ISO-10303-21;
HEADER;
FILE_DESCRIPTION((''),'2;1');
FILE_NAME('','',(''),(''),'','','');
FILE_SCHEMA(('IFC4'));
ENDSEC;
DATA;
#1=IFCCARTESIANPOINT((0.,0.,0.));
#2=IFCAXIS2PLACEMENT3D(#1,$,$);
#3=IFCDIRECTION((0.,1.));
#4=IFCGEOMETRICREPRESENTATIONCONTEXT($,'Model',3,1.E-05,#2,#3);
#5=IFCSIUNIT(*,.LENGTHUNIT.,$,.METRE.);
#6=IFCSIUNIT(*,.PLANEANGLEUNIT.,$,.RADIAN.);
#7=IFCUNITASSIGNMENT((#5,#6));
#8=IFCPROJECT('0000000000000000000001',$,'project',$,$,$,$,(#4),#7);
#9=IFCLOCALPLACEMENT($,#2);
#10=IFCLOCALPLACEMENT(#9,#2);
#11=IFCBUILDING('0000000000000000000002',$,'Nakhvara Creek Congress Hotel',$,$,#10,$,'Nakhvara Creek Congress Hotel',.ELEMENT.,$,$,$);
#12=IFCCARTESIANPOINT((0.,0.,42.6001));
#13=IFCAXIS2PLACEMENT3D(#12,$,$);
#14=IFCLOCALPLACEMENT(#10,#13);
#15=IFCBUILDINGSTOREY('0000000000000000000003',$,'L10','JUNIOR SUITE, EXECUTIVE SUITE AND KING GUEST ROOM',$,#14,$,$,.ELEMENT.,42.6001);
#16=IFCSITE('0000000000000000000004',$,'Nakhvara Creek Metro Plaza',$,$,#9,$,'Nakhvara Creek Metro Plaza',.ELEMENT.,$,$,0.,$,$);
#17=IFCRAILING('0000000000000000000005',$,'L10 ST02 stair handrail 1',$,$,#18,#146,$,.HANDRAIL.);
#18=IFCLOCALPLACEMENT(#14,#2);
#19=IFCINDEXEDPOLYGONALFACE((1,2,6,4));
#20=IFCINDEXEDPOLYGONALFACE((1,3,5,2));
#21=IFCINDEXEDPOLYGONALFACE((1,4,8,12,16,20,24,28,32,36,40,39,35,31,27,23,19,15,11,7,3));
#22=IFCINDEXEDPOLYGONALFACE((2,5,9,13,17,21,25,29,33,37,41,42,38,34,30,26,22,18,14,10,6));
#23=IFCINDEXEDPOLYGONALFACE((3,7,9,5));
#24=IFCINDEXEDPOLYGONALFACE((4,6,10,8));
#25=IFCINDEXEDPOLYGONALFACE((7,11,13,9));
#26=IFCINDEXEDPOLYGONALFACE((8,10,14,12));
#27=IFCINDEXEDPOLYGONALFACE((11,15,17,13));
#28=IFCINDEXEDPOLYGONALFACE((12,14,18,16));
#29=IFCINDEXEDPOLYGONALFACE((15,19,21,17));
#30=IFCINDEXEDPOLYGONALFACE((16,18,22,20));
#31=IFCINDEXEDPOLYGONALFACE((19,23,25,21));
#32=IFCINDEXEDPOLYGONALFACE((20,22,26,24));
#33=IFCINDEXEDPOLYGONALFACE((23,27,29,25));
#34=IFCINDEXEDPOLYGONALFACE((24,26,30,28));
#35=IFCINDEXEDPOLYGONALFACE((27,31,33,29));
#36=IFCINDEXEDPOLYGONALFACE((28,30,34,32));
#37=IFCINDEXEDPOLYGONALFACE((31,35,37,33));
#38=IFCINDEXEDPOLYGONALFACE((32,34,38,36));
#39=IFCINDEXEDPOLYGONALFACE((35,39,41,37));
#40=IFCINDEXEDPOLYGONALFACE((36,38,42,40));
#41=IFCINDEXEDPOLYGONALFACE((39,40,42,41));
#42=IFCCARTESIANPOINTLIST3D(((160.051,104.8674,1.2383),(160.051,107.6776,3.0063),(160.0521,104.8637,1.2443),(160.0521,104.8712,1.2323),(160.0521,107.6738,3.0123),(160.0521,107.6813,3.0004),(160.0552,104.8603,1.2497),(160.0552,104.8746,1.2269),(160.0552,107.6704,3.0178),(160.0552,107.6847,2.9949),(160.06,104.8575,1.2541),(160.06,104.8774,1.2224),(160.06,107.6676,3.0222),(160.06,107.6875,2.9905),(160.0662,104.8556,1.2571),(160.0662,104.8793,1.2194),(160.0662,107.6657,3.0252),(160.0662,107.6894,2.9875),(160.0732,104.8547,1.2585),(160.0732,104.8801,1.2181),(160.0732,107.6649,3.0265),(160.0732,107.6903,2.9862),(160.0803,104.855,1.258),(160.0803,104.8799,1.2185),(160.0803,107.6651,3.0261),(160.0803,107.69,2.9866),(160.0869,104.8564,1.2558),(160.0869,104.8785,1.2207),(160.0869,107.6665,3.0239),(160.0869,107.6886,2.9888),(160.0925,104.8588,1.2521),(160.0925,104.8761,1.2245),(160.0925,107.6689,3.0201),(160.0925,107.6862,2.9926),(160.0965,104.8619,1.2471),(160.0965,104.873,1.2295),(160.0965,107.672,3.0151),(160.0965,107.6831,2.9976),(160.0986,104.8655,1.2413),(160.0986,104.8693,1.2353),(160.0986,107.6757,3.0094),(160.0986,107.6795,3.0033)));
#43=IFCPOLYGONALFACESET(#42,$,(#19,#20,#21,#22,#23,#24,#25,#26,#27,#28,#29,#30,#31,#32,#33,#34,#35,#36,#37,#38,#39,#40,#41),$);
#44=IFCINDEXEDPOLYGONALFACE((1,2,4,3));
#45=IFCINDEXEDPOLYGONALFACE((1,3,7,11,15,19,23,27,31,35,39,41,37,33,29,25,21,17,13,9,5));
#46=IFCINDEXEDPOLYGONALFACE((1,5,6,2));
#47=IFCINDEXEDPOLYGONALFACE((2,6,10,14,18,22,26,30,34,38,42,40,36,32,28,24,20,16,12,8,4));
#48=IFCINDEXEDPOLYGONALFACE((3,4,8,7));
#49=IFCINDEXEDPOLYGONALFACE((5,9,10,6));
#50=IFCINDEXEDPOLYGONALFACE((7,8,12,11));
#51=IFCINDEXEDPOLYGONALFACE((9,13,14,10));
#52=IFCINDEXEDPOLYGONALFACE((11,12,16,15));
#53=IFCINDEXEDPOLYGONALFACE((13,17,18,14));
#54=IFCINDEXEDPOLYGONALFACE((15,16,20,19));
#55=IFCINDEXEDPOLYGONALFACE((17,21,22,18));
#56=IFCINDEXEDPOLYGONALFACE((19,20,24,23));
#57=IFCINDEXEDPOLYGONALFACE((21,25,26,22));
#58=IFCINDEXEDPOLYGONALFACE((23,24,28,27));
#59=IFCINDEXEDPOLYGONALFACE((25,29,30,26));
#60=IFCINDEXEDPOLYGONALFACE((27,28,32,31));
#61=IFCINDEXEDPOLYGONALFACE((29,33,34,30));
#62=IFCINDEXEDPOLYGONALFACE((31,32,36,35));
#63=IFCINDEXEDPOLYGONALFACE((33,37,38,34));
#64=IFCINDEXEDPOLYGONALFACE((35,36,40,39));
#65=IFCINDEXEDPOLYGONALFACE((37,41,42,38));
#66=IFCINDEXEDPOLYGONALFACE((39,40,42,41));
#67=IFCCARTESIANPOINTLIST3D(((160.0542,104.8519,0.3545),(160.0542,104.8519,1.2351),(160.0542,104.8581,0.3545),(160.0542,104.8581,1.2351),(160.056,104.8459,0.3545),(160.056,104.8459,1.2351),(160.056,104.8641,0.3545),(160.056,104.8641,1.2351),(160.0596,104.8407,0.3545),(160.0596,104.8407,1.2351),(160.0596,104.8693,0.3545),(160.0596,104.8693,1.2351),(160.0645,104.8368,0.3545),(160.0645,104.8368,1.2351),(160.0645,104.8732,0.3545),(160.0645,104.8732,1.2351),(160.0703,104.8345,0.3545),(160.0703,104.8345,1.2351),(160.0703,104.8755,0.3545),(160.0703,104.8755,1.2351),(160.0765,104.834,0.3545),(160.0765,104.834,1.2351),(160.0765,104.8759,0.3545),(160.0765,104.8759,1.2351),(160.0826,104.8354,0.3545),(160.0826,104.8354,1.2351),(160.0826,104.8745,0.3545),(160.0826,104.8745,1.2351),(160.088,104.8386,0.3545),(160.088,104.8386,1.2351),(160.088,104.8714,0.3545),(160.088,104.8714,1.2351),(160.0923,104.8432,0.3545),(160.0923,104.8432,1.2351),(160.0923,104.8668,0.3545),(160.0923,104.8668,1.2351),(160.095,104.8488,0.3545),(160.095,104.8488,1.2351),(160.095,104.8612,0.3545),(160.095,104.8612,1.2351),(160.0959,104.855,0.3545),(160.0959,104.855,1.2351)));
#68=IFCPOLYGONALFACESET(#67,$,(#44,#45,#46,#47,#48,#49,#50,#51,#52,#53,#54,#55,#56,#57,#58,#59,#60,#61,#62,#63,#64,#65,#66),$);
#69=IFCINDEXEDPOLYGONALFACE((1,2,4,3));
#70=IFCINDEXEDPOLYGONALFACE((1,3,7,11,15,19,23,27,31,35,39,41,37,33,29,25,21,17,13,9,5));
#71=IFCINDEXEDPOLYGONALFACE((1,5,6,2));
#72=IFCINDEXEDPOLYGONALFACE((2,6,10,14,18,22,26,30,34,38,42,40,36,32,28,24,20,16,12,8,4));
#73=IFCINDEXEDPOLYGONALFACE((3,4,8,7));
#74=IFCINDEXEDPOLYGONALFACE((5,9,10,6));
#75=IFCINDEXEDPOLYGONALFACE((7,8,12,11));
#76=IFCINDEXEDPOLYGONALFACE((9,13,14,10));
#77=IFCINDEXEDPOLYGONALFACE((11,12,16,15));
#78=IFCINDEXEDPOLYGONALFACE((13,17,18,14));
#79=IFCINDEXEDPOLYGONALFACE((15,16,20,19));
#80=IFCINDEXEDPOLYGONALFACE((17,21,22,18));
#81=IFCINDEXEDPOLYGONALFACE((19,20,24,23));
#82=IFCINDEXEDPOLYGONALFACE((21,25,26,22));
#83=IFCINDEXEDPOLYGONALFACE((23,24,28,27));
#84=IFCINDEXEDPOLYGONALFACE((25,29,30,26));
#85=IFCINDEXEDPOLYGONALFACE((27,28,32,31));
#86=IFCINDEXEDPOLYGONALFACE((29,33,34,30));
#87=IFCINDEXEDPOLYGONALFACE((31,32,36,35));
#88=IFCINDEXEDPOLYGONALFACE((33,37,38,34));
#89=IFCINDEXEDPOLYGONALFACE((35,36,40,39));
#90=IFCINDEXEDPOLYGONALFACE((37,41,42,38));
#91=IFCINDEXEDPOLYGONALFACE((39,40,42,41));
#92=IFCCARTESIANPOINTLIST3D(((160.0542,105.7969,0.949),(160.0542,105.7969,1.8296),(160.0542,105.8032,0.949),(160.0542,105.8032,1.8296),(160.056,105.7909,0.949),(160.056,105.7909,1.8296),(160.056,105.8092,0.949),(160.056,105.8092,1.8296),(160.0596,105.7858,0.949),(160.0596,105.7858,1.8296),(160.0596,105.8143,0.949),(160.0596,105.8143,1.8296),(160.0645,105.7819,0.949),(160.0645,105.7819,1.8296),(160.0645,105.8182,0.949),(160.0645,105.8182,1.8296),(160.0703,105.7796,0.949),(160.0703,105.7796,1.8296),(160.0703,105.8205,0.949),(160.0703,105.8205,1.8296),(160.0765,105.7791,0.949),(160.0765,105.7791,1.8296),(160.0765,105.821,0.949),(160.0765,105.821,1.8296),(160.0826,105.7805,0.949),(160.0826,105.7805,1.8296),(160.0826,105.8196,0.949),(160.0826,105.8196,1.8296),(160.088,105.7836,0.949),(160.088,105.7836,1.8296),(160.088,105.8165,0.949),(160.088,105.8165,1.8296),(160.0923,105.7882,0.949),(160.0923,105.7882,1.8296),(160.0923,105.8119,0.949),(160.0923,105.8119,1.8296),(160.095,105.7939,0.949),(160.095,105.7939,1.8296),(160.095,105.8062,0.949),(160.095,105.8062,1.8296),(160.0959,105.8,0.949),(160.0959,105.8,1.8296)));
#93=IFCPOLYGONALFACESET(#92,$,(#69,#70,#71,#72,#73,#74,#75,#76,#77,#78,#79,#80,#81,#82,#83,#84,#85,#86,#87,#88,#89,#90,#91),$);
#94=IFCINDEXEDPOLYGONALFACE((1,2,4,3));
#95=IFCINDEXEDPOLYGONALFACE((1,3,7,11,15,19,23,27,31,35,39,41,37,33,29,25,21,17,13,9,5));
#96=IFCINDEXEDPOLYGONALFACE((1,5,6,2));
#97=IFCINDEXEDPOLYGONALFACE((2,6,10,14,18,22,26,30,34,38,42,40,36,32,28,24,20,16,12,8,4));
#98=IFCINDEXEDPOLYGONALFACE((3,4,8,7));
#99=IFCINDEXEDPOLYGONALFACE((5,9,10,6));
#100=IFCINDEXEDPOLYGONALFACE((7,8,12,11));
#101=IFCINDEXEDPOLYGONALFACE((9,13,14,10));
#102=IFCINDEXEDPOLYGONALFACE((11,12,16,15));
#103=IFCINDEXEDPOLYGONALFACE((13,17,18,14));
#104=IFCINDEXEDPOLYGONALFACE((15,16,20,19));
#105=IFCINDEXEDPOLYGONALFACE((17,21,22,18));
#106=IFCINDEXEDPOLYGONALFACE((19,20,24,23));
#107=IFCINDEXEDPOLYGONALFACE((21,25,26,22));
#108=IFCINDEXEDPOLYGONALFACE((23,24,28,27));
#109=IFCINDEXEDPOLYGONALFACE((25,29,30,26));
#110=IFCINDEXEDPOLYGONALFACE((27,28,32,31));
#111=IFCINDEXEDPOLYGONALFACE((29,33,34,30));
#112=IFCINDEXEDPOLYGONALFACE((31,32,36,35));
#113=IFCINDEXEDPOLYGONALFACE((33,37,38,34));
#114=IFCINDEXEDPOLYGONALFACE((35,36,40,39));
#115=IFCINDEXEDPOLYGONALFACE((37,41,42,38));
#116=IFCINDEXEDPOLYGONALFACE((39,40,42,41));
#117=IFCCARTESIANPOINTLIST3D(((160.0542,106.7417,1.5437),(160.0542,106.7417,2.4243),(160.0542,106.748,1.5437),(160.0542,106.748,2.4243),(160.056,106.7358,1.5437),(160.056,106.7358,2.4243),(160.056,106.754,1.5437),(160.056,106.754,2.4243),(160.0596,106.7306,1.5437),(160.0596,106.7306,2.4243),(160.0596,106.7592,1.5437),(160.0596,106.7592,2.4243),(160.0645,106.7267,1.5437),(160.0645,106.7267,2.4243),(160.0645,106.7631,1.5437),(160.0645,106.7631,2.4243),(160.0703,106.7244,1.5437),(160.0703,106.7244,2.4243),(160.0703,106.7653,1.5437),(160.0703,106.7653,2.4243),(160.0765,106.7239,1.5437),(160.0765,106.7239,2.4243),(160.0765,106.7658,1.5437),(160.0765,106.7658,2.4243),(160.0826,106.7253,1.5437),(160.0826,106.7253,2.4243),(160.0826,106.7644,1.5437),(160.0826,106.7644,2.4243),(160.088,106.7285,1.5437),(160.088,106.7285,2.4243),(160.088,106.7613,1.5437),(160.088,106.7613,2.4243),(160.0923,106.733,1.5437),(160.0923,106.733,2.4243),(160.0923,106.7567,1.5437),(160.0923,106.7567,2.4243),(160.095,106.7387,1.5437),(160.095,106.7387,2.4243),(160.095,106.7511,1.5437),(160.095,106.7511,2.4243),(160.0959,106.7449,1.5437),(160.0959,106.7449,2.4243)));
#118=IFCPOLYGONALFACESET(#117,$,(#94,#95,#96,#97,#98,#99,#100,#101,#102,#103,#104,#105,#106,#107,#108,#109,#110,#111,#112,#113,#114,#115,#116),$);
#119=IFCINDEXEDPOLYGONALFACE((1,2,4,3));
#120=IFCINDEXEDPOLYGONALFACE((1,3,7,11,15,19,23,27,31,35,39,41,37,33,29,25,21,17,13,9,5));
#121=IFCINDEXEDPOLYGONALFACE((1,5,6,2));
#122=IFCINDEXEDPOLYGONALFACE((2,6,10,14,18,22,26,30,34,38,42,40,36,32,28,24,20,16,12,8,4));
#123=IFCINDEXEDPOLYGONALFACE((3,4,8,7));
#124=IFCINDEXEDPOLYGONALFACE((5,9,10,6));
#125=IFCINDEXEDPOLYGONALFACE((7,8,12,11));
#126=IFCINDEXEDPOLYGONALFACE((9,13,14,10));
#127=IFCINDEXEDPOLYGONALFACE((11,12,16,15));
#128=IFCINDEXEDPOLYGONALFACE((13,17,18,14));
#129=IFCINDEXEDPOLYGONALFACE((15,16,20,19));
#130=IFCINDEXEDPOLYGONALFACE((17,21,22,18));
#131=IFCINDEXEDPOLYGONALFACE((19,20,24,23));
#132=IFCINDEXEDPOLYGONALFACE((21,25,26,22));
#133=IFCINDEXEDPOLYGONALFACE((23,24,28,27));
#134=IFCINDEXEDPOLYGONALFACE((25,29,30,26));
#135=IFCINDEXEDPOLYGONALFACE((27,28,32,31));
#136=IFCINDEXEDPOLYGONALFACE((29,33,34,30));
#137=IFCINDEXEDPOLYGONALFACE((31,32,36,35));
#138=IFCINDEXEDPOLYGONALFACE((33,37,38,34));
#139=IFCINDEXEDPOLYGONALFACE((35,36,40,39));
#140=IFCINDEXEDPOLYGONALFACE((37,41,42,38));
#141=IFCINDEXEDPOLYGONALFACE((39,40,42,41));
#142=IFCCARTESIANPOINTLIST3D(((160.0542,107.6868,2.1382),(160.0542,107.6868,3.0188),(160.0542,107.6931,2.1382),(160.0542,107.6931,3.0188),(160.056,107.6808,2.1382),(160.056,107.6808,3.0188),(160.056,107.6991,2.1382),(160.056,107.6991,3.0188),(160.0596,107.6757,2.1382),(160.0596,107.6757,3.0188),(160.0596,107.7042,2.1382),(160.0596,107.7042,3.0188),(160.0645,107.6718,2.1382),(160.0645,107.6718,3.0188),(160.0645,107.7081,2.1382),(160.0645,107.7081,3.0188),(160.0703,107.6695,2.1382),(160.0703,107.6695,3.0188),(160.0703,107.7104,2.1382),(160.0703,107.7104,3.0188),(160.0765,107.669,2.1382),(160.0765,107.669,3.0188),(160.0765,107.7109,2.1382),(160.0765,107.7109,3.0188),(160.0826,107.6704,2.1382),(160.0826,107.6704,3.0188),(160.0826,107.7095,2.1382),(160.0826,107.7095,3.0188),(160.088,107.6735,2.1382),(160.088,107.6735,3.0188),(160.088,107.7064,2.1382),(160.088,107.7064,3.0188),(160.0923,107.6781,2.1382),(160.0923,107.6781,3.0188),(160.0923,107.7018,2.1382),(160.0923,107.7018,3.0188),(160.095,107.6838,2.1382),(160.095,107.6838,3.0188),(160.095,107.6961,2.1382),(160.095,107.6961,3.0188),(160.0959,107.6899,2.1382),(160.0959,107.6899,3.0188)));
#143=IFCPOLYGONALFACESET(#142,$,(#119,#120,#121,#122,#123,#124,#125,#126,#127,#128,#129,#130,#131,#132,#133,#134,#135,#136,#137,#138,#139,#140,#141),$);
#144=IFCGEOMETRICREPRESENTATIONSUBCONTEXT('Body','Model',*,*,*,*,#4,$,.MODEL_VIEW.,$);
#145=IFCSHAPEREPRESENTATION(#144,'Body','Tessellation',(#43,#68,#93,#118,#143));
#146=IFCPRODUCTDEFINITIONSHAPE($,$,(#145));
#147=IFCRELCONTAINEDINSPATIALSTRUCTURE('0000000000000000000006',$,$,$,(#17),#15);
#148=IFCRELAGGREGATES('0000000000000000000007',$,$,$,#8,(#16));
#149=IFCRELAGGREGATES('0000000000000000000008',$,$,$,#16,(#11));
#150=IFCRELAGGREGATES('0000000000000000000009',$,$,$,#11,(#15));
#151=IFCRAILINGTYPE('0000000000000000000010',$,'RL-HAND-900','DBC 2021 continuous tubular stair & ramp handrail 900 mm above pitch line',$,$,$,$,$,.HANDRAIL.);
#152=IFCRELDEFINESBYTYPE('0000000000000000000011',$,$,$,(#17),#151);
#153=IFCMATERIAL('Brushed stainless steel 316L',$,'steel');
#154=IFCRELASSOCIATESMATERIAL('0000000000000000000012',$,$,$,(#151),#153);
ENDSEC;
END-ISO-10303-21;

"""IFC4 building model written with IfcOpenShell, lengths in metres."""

from ifc_helpers import new_model, si_unit, direction, frame, origin, origin_2d, place, context, subcontext, project, spatial, circle, extrude, material, type_object, element, save


model = new_model("IFC4")

# Units and contexts
model_context = context("Model", 3, precision=1e-05, world=origin(), true_north=direction((0.0, 1.0)))
body_context = subcontext(model_context, "Body", "Model", "MODEL_VIEW")
ifc_project = project(units=[si_unit("LENGTHUNIT", "METRE"), si_unit("PLANEANGLEUNIT", "RADIAN")], contexts=[model_context])

# Site, building, storey
site_placement = place(None, origin())
site = spatial("IfcSite", under=ifc_project, at=site_placement, Name="Nakhvara Creek Metro Plaza", LongName="Nakhvara Creek Metro Plaza", CompositionType="ELEMENT", RefElevation=0.0)
building_placement = place(site_placement, origin())
building = spatial("IfcBuilding", under=site, at=building_placement, Name="Nakhvara Creek Congress Hotel", LongName="Nakhvara Creek Congress Hotel", CompositionType="ELEMENT")
storey_placement = place(building_placement, frame((0.0, 0.0, 42.6001)))
storey = spatial("IfcBuildingStorey", under=building, at=storey_placement, Name="L10", Description="JUNIOR SUITE, EXECUTIVE SUITE AND KING GUEST ROOM", CompositionType="ELEMENT", Elevation=42.6001)

# Railing
ifc_material_1 = material(Name="Brushed stainless steel 316L", Category="steel")
railing_type_1 = type_object("IfcRailingType", Name="RL-HAND-900", Description="DBC 2021 continuous tubular stair & ramp handrail 900 mm above pitch line", PredefinedType="HANDRAIL", material=ifc_material_1)
railing_1_placement = place(storey_placement, frame((160.075, 104.855, 0.3545)))
element("IfcRailing", 1, at=railing_1_placement, inside=storey, type_object=railing_type_1, Name="L10 ST02 stair handrail 1", PredefinedType="HANDRAIL", context=body_context, shape_type="SweptSolid", body=[
    extrude(circle(Radius=0.0239, at=origin_2d()), frame((0.0, 0.0125, 0.8838), z_axis=(0.0, 0.846406, 0.532539), x_axis=(-1.0, 0.0, 0.0)), (0.0, 0.0, 1.0), 3.3201),
    extrude(circle(Radius=0.021, at=origin_2d()), origin(), (0.0, 0.0, 1.0), 0.8806),
    extrude(circle(Radius=0.021, at=origin_2d()), frame((0.0, 0.9451, 0.5945)), (0.0, 0.0, 1.0), 0.8806),
    extrude(circle(Radius=0.021, at=origin_2d()), frame((0.0, 1.8899, 1.1892)), (0.0, 0.0, 1.0), 0.8806),
    extrude(circle(Radius=0.021, at=origin_2d()), frame((0.0, 2.835, 1.7837)), (0.0, 0.0, 1.0), 0.8806),
])

save(model, "model.ifc")
